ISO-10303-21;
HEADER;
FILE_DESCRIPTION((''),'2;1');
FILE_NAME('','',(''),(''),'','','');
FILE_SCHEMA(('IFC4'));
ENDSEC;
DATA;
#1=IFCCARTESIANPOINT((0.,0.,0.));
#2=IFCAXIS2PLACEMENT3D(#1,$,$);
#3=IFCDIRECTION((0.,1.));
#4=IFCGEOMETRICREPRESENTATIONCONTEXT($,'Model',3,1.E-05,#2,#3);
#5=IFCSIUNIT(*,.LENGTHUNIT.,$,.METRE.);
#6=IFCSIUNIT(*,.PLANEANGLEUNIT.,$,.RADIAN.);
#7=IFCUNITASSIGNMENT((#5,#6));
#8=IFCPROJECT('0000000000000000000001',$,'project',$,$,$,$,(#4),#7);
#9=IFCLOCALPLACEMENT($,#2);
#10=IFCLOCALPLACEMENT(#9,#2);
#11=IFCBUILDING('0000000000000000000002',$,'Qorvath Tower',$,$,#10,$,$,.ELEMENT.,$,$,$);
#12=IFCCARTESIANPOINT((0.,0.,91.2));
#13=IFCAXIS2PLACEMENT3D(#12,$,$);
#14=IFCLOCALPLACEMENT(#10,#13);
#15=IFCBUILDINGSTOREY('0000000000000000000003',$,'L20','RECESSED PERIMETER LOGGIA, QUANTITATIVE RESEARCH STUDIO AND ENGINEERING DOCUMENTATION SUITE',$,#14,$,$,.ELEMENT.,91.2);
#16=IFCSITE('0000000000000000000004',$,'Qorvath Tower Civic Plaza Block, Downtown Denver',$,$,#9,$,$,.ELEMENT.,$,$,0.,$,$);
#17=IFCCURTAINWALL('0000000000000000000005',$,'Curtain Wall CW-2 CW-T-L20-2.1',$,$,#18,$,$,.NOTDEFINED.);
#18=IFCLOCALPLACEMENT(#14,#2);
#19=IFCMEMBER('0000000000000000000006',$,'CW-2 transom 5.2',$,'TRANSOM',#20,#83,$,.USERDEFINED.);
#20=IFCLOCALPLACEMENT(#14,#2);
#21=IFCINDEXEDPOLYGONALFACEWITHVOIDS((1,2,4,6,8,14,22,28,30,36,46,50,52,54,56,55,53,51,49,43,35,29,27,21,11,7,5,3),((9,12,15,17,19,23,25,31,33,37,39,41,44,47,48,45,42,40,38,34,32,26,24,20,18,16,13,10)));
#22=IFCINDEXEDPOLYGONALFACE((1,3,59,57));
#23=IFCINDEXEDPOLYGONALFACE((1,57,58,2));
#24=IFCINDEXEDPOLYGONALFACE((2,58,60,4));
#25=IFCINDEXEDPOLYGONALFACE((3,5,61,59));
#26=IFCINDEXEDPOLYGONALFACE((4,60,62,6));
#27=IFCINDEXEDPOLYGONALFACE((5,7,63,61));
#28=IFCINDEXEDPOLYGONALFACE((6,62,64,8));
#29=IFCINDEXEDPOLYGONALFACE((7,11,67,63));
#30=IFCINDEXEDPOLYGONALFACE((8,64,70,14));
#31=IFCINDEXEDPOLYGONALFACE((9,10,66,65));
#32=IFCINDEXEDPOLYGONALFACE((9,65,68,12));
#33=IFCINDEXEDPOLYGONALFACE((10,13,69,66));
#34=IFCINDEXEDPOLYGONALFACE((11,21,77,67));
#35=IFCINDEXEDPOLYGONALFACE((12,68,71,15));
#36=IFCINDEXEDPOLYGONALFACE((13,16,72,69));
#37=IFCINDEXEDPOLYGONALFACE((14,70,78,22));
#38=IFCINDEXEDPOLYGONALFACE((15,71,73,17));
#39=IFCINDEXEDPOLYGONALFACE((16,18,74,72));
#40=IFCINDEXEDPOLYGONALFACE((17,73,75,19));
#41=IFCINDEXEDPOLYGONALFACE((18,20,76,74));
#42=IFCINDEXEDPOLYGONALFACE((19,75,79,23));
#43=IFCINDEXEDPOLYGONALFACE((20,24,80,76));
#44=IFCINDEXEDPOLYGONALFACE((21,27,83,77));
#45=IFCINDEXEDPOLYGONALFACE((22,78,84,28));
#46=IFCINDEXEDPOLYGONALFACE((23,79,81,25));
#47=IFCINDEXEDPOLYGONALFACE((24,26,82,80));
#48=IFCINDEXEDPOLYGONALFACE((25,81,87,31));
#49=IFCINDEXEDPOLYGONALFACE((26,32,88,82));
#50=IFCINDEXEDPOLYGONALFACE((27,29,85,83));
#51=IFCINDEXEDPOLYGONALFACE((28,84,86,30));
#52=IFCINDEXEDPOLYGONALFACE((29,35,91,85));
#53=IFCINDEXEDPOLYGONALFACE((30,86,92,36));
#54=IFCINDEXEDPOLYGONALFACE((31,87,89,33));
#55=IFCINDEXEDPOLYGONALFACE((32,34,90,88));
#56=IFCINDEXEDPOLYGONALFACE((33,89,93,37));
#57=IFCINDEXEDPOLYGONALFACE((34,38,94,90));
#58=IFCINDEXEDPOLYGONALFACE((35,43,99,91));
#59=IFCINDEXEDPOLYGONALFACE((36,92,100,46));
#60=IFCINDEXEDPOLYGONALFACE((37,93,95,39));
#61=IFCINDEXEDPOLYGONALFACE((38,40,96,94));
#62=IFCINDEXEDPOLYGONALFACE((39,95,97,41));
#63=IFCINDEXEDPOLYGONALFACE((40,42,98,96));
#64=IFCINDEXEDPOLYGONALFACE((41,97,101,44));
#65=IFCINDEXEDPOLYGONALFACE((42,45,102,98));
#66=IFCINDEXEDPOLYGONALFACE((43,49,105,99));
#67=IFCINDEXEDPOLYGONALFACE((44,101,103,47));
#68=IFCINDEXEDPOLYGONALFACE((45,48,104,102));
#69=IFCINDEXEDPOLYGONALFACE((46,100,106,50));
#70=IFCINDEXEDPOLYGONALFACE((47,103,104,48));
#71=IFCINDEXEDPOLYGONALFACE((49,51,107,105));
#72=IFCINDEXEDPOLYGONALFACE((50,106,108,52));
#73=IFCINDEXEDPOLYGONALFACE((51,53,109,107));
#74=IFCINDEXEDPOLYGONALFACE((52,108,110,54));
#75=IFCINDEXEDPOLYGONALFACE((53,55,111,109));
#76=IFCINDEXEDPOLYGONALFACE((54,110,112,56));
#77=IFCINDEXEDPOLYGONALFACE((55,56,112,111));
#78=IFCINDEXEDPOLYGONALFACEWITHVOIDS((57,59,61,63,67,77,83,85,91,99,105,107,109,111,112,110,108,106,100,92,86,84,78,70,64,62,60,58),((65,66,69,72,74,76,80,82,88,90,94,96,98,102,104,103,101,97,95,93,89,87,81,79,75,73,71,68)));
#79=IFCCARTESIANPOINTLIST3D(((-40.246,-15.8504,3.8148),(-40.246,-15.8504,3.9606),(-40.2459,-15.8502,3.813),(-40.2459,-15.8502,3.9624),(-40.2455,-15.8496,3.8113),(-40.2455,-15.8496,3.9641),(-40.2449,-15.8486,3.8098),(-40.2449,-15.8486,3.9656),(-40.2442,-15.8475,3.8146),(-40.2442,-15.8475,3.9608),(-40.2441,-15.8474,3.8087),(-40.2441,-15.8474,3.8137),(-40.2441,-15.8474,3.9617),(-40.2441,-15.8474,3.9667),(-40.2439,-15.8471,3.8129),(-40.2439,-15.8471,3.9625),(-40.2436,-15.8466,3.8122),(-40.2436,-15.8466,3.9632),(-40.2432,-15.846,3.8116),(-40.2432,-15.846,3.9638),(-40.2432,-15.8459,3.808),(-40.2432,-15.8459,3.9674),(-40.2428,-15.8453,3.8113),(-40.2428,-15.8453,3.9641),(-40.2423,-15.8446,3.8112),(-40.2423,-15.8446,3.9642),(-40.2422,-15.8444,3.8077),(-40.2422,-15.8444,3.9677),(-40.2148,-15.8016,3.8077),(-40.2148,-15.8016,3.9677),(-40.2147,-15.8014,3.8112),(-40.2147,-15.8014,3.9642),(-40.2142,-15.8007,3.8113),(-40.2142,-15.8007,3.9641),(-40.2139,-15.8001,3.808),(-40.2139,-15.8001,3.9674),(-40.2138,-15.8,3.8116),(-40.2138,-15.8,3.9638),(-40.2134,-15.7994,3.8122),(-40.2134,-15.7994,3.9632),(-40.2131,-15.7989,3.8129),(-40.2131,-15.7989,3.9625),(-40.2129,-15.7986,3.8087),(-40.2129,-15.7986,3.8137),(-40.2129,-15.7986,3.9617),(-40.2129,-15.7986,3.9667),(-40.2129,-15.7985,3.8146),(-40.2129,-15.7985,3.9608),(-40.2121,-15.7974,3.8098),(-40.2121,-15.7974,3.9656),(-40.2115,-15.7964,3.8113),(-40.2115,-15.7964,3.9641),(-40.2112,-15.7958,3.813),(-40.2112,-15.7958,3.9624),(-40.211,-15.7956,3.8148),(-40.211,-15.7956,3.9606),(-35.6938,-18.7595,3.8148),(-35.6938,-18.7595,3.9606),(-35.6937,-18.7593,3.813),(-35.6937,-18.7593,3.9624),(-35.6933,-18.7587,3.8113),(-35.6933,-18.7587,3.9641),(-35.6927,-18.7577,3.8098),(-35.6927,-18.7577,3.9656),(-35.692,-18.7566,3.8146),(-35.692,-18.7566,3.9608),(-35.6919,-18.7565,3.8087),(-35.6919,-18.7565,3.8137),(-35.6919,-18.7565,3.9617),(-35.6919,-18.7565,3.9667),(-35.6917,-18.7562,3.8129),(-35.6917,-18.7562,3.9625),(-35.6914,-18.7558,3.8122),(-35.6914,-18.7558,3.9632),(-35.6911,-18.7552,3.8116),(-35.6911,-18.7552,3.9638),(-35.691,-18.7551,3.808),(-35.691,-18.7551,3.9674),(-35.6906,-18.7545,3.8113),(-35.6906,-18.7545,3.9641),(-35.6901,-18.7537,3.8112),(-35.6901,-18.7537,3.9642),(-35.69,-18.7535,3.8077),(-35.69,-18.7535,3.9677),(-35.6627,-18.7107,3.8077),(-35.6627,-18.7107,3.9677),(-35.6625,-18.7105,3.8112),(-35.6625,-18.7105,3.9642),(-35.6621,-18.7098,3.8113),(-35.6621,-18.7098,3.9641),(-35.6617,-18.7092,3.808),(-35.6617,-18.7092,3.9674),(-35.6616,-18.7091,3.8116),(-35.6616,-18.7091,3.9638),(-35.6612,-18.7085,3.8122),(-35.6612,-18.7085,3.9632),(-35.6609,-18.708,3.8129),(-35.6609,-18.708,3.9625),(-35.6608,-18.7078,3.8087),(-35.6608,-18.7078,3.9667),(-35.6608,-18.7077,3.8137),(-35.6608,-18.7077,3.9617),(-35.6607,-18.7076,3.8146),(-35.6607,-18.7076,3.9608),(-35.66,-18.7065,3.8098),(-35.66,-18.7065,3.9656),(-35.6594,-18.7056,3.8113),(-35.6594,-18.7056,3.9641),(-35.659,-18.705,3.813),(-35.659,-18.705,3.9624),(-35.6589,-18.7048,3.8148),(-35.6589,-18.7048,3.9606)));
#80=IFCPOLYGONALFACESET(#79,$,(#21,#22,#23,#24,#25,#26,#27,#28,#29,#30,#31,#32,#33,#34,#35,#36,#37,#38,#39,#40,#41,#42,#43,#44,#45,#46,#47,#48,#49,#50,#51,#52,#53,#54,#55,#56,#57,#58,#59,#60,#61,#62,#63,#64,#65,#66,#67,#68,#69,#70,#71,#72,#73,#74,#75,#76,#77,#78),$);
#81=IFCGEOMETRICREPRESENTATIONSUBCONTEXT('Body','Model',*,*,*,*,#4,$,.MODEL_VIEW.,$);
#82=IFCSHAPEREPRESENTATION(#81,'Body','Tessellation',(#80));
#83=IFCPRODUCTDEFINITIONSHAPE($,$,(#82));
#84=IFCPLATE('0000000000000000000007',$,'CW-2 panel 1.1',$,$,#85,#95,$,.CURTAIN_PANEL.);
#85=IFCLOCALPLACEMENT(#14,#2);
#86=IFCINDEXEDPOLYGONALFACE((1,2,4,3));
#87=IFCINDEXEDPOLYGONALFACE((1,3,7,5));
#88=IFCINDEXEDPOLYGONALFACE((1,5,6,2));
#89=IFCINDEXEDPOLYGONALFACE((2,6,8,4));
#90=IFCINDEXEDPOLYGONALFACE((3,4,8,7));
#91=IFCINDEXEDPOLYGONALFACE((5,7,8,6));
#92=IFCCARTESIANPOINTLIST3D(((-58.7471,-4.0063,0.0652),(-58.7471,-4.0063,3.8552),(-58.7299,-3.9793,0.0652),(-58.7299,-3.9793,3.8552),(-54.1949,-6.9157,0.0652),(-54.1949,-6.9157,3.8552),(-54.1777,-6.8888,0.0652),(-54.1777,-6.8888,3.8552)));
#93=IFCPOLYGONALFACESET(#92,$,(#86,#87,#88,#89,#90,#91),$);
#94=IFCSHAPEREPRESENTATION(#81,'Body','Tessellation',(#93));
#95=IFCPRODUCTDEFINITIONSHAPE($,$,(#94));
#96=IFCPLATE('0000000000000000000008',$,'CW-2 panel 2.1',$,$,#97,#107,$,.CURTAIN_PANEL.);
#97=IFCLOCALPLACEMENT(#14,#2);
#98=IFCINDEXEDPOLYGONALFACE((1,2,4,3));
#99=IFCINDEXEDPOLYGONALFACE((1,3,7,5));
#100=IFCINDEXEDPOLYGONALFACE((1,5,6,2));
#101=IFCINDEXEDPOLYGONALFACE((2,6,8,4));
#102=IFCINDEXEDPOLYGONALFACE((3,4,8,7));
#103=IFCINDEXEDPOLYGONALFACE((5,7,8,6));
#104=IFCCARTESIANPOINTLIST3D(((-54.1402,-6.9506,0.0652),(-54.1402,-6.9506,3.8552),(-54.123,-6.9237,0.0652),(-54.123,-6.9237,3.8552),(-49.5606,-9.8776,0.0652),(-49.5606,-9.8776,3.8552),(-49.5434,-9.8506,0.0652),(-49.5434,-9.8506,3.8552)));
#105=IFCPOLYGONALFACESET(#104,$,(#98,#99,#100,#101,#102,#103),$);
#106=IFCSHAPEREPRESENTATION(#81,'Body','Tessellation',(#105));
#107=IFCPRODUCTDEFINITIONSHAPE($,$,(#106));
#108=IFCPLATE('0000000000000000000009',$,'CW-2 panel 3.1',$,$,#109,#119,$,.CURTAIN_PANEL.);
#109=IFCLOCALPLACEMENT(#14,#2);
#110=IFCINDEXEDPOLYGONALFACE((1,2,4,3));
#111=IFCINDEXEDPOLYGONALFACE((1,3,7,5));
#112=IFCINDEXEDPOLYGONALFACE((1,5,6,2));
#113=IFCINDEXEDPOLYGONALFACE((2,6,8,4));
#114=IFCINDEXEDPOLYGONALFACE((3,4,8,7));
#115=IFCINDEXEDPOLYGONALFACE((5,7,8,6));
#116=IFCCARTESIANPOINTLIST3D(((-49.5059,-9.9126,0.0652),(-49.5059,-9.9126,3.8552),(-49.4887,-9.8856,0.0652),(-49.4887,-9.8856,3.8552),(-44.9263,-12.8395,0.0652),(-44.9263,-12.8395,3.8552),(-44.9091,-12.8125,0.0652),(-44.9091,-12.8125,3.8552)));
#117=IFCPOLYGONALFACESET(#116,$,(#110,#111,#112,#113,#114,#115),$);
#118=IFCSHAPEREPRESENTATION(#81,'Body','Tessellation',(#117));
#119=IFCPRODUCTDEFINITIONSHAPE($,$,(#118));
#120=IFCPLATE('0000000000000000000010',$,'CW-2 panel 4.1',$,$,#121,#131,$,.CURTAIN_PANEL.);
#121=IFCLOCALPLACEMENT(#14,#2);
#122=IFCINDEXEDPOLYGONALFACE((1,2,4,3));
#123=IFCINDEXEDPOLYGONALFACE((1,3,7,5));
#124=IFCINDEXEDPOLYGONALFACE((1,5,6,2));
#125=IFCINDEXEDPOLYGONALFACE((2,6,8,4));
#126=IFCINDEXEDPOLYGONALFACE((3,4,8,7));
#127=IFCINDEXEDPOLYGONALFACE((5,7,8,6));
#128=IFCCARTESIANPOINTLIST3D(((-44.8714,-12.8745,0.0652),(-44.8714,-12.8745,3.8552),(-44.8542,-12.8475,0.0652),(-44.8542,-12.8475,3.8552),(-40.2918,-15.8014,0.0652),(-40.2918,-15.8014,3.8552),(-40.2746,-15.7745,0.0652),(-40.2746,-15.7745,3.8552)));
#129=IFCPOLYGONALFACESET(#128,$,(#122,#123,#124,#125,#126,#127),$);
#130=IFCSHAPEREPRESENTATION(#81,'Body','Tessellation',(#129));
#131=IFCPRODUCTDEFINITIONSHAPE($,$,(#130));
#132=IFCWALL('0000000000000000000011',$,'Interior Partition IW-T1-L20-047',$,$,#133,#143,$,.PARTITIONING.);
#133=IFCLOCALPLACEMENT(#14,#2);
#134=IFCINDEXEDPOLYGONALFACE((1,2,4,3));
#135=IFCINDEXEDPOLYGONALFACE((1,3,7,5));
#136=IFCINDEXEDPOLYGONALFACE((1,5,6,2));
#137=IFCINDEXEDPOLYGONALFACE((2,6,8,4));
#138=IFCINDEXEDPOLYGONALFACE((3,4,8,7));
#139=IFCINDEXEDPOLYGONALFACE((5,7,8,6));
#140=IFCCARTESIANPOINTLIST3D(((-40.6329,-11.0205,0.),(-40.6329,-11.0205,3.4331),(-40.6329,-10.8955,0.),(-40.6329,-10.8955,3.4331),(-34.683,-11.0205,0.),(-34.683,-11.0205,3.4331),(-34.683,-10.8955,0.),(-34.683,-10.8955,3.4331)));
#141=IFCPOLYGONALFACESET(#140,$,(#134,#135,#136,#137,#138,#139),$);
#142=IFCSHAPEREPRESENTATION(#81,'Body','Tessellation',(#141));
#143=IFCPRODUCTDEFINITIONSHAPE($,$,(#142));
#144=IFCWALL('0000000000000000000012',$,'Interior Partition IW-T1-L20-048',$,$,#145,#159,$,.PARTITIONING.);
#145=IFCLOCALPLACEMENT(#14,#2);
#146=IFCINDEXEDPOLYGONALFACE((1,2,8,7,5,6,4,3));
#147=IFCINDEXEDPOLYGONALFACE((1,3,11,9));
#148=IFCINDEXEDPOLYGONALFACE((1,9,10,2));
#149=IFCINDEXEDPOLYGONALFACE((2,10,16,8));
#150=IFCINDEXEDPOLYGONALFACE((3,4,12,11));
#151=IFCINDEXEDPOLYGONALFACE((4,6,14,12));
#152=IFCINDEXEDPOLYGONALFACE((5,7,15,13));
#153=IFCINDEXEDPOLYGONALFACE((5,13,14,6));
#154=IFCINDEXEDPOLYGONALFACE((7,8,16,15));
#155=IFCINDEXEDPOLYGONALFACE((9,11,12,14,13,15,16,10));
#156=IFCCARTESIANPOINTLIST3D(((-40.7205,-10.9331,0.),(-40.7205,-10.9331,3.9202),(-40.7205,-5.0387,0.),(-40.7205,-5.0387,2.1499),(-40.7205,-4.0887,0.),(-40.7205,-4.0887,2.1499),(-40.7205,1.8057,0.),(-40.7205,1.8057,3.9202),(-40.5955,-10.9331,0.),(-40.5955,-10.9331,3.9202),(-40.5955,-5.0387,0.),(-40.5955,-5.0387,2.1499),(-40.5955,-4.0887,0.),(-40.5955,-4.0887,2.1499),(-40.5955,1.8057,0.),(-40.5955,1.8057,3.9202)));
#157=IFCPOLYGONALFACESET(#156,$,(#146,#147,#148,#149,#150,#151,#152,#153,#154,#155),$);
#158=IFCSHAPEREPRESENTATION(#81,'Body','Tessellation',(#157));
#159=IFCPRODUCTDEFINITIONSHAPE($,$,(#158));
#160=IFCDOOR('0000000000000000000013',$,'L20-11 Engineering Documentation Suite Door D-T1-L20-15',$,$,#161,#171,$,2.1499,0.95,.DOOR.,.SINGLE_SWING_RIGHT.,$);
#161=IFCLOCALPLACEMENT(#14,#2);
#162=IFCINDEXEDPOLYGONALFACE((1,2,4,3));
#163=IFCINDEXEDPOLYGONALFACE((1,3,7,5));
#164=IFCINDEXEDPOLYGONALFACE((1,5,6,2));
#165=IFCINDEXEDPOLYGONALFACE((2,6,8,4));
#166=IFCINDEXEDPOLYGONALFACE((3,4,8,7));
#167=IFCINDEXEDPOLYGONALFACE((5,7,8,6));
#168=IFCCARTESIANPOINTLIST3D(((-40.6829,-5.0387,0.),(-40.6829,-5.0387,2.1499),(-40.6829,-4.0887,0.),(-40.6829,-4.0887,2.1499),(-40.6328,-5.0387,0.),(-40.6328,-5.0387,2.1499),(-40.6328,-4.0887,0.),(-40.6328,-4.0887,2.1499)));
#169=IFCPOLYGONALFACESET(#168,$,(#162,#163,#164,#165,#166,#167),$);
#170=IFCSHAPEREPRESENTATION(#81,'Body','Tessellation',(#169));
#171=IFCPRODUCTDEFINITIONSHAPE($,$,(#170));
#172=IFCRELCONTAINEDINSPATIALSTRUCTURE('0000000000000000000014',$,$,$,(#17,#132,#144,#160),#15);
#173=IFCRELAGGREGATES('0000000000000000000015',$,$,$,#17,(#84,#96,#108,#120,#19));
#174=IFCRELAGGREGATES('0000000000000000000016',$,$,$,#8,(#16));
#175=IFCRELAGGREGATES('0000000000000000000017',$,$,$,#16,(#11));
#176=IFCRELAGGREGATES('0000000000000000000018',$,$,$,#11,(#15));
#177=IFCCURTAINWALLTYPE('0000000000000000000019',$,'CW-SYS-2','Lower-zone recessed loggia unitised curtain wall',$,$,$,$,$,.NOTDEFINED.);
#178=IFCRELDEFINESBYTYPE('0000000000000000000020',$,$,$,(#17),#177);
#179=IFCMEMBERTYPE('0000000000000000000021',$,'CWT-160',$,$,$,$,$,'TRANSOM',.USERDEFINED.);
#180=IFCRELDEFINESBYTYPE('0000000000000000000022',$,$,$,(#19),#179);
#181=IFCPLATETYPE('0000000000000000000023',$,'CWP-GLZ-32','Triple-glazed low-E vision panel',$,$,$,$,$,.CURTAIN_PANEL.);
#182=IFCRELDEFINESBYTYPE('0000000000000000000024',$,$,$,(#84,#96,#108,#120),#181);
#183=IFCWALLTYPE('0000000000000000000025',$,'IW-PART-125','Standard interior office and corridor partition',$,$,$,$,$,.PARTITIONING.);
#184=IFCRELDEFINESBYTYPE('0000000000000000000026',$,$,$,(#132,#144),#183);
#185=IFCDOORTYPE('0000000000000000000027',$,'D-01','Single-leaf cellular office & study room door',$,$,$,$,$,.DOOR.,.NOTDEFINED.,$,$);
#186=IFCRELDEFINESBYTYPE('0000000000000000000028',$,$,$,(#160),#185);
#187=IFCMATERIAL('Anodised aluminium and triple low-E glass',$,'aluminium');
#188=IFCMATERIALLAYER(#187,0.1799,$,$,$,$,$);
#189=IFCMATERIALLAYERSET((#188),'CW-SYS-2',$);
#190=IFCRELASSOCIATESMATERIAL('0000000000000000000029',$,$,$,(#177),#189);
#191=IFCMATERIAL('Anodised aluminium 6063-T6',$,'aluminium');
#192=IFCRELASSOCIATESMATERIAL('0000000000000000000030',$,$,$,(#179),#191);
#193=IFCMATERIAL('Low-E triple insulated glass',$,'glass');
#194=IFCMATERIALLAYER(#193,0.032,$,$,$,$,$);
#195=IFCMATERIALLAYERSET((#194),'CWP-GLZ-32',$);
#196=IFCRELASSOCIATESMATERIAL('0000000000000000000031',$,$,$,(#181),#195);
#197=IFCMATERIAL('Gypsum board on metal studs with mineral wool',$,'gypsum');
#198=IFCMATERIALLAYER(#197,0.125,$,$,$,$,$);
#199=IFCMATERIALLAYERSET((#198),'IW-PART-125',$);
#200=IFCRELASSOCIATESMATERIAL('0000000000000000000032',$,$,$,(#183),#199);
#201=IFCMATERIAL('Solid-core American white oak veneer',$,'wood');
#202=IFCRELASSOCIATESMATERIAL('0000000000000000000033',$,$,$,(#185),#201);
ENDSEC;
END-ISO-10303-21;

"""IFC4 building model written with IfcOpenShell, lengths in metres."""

from ifc_helpers import new_model, si_unit, direction, frame, frame_2d, origin, origin_2d, place, context, subcontext, project, spatial, rectangle, hollow_rectangle, extrude, material, layer, layer_set, material_profile, profile_set, type_object, element, fill, aggregate, save


model = new_model("IFC4")

# Units and contexts
model_context = context("Model", 3, precision=1e-05, world=origin(), true_north=direction((0.0, 1.0)))
body_context = subcontext(model_context, "Body", "Model", "MODEL_VIEW")
ifc_project = project(units=[si_unit("LENGTHUNIT", "METRE"), si_unit("PLANEANGLEUNIT", "RADIAN")], contexts=[model_context])

# Site, building, storey
site_placement = place(None, origin())
site = spatial("IfcSite", under=ifc_project, at=site_placement, Name="Qorvath Tower Civic Plaza Block, Downtown Denver", CompositionType="ELEMENT", RefElevation=0.0)
building_placement = place(site_placement, origin())
building = spatial("IfcBuilding", under=site, at=building_placement, Name="Qorvath Tower", CompositionType="ELEMENT")
storey_placement = place(building_placement, frame((0.0, 0.0, 91.2)))
storey = spatial("IfcBuildingStorey", under=building, at=storey_placement, Name="L20", Description="RECESSED PERIMETER LOGGIA, QUANTITATIVE RESEARCH STUDIO AND ENGINEERING DOCUMENTATION SUITE", CompositionType="ELEMENT", Elevation=91.2)

# Curtain wall, member, plates
ifc_material_1 = material(Name="Anodised aluminium and triple low-E glass", Category="aluminium")
ifc_layer_1 = layer(ifc_material_1, 0.1799)
ifc_layer_set_1 = layer_set([ifc_layer_1], Name="CW-SYS-2")
curtain_wall_type = type_object("IfcCurtainWallType", Name="CW-SYS-2", Description="Lower-zone recessed loggia unitised curtain wall", PredefinedType="NOTDEFINED", material=ifc_layer_set_1)
curtain_wall_placement = place(storey_placement, origin())
curtain_wall = element("IfcCurtainWall", 1, at=curtain_wall_placement, inside=storey, type_object=curtain_wall_type, Name="Curtain Wall CW-2 CW-T-L20-2.1", PredefinedType="NOTDEFINED")
ifc_material_2 = material(Name="Anodised aluminium 6063-T6", Category="aluminium")
ifc_material_profile_1 = material_profile(ifc_material_2, hollow_rectangle(XDim=0.0649, YDim=0.1599, WallThickness=0.0034, InnerFilletRadius=0.0034, OuterFilletRadius=0.0071, at=origin_2d()), Name="CWT 160x65")
ifc_profile_set_1 = profile_set([ifc_material_profile_1], Name="Anodised aluminium 6063-T6")
member_type_1 = type_object("IfcMemberType", Name="CWT-160", ElementType="TRANSOM", PredefinedType="USERDEFINED", material=ifc_profile_set_1)
member_1_placement = place(storey_placement, frame((-40.2285, -15.823, 3.8877), z_axis=(0.842629, -0.538494, 0.0), x_axis=(0.538494, 0.842629, 0.0)))
member_1 = element("IfcMember", 2, at=member_1_placement, type_object=member_type_1, Name="CW-2 transom 5.2", ObjectType="TRANSOM", PredefinedType="USERDEFINED", context=body_context, shape_type="SweptSolid", body=[
    extrude(hollow_rectangle(XDim=0.0649, YDim=0.1599, WallThickness=0.0034, InnerFilletRadius=0.0034, OuterFilletRadius=0.0071, at=origin_2d()), origin(), (0.0, 0.0, 1.0), 5.4023),
])
ifc_material_3 = material(Name="Low-E triple insulated glass", Category="glass")
ifc_layer_2 = layer(ifc_material_3, 0.032)
ifc_layer_set_2 = layer_set([ifc_layer_2], Name="CWP-GLZ-32")
plate_type = type_object("IfcPlateType", Name="CWP-GLZ-32", Description="Triple-glazed low-E vision panel", PredefinedType="CURTAIN_PANEL", material=ifc_layer_set_2)
plate_1_placement = place(storey_placement, frame((-56.4624, -5.4475, 0.0652), z_axis=(0.0, 0.0, 1.0), x_axis=(0.842607, -0.538529, 0.0)))
plate_1 = element("IfcPlate", 3, at=plate_1_placement, type_object=plate_type, Name="CW-2 panel 1.1", PredefinedType="CURTAIN_PANEL", context=body_context, shape_type="SweptSolid", body=[
    extrude(rectangle(XDim=5.4026, YDim=0.032, at=origin_2d()), origin(), (0.0, 0.0, 1.0), 3.79),
])
plate_2_placement = place(storey_placement, frame((-51.8418, -8.4006, 0.0652), z_axis=(0.0, 0.0, 1.0), x_axis=(0.842607, -0.538529, 0.0)))
plate_2 = element("IfcPlate", 4, at=plate_2_placement, type_object=plate_type, Name="CW-2 panel 2.1", PredefinedType="CURTAIN_PANEL", context=body_context, shape_type="SweptSolid", body=[
    extrude(rectangle(XDim=5.4351, YDim=0.032, at=origin_2d()), origin(), (0.0, 0.0, 1.0), 3.79),
])
plate_3_placement = place(storey_placement, frame((-47.2075, -11.3625, 0.0652), z_axis=(0.0, 0.0, 1.0), x_axis=(0.842607, -0.538529, 0.0)))
plate_3 = element("IfcPlate", 5, at=plate_3_placement, type_object=plate_type, Name="CW-2 panel 3.1", PredefinedType="CURTAIN_PANEL", context=body_context, shape_type="SweptSolid", body=[
    extrude(rectangle(XDim=5.4351, YDim=0.032, at=origin_2d()), origin(), (0.0, 0.0, 1.0), 3.79),
])
plate_4_placement = place(storey_placement, frame((-42.573, -14.3245, 0.0652), z_axis=(0.0, 0.0, 1.0), x_axis=(0.842607, -0.538529, 0.0)))
plate_4 = element("IfcPlate", 6, at=plate_4_placement, type_object=plate_type, Name="CW-2 panel 4.1", PredefinedType="CURTAIN_PANEL", context=body_context, shape_type="SweptSolid", body=[
    extrude(rectangle(XDim=5.4351, YDim=0.032, at=origin_2d()), origin(), (0.0, 0.0, 1.0), 3.79),
])
aggregate(curtain_wall, [plate_1, plate_2, plate_3, plate_4, member_1])

# Wall
ifc_material_4 = material(Name="Gypsum board on metal studs with mineral wool", Category="gypsum")
ifc_layer_3 = layer(ifc_material_4, 0.125)
ifc_layer_set_3 = layer_set([ifc_layer_3], Name="IW-PART-125")
wall_type_1 = type_object("IfcWallType", Name="IW-PART-125", Description="Standard interior office and corridor partition", PredefinedType="PARTITIONING", material=ifc_layer_set_3)
wall_1_placement = place(storey_placement, frame((-40.6331, -10.958, 0.0), z_axis=(0.0, 0.0, 1.0), x_axis=(1.0, 0.0, 0.0)))
element("IfcWall", 7, at=wall_1_placement, inside=storey, type_object=wall_type_1, Name="Interior Partition IW-T1-L20-047", PredefinedType="PARTITIONING", context=body_context, shape_type="SweptSolid", body=[
    extrude(rectangle(XDim=5.95, YDim=0.125, at=frame_2d((2.9751, 0.0))), origin(), (0.0, 0.0, 1.0), 3.4331),
])

# Wall, opening, door
wall_2_placement = place(storey_placement, frame((-40.658, -10.9331, 0.0), z_axis=(0.0, 0.0, 1.0), x_axis=(0.0, 1.0, 0.0)))
wall_2 = element("IfcWall", 8, at=wall_2_placement, inside=storey, type_object=wall_type_1, Name="Interior Partition IW-T1-L20-048", PredefinedType="PARTITIONING", context=body_context, shape_type="SweptSolid", body=[
    extrude(rectangle(XDim=12.7388, YDim=0.125, at=frame_2d((6.3694, 0.0))), origin(), (0.0, 0.0, 1.0), 3.9202),
])
opening_1_placement = place(wall_2_placement, frame((5.8943, 0.0, 0.0)))
opening_1 = element("IfcOpeningElement", 9, at=opening_1_placement, cuts=wall_2, PredefinedType="OPENING", context=body_context, shape_type="SweptSolid", body=[
    extrude(rectangle(XDim=0.95, YDim=2.1499, at=frame_2d((0.4751, 1.075))), frame((0.0, 0.0725, 0.0), z_axis=(0.0, -1.0, 0.0), x_axis=(1.0, 0.0, 0.0)), (0.0, 0.0, 1.0), 0.145),
])
ifc_material_5 = material(Name="Solid-core American white oak veneer", Category="wood")
door_type_1 = type_object("IfcDoorType", Name="D-01", Description="Single-leaf cellular office & study room door", OperationType="NOTDEFINED", PredefinedType="DOOR", material=ifc_material_5)
door_1_placement = place(opening_1_placement, origin())
door_1 = element("IfcDoor", 10, at=door_1_placement, inside=storey, type_object=door_type_1, Name="L20-11 Engineering Documentation Suite Door D-T1-L20-15", OperationType="SINGLE_SWING_RIGHT", OverallHeight=2.1499, OverallWidth=0.95, PredefinedType="DOOR", context=body_context, shape_type="SweptSolid", body=[
    extrude(rectangle(XDim=0.95, YDim=2.1499, at=frame_2d((0.4751, 1.075))), frame((0.0, 0.0249, 0.0), z_axis=(0.0, -1.0, 0.0), x_axis=(1.0, 0.0, 0.0)), (0.0, 0.0, 1.0), 0.05),
])
fill(opening_1, door_1)

save(model, "model.ifc")
